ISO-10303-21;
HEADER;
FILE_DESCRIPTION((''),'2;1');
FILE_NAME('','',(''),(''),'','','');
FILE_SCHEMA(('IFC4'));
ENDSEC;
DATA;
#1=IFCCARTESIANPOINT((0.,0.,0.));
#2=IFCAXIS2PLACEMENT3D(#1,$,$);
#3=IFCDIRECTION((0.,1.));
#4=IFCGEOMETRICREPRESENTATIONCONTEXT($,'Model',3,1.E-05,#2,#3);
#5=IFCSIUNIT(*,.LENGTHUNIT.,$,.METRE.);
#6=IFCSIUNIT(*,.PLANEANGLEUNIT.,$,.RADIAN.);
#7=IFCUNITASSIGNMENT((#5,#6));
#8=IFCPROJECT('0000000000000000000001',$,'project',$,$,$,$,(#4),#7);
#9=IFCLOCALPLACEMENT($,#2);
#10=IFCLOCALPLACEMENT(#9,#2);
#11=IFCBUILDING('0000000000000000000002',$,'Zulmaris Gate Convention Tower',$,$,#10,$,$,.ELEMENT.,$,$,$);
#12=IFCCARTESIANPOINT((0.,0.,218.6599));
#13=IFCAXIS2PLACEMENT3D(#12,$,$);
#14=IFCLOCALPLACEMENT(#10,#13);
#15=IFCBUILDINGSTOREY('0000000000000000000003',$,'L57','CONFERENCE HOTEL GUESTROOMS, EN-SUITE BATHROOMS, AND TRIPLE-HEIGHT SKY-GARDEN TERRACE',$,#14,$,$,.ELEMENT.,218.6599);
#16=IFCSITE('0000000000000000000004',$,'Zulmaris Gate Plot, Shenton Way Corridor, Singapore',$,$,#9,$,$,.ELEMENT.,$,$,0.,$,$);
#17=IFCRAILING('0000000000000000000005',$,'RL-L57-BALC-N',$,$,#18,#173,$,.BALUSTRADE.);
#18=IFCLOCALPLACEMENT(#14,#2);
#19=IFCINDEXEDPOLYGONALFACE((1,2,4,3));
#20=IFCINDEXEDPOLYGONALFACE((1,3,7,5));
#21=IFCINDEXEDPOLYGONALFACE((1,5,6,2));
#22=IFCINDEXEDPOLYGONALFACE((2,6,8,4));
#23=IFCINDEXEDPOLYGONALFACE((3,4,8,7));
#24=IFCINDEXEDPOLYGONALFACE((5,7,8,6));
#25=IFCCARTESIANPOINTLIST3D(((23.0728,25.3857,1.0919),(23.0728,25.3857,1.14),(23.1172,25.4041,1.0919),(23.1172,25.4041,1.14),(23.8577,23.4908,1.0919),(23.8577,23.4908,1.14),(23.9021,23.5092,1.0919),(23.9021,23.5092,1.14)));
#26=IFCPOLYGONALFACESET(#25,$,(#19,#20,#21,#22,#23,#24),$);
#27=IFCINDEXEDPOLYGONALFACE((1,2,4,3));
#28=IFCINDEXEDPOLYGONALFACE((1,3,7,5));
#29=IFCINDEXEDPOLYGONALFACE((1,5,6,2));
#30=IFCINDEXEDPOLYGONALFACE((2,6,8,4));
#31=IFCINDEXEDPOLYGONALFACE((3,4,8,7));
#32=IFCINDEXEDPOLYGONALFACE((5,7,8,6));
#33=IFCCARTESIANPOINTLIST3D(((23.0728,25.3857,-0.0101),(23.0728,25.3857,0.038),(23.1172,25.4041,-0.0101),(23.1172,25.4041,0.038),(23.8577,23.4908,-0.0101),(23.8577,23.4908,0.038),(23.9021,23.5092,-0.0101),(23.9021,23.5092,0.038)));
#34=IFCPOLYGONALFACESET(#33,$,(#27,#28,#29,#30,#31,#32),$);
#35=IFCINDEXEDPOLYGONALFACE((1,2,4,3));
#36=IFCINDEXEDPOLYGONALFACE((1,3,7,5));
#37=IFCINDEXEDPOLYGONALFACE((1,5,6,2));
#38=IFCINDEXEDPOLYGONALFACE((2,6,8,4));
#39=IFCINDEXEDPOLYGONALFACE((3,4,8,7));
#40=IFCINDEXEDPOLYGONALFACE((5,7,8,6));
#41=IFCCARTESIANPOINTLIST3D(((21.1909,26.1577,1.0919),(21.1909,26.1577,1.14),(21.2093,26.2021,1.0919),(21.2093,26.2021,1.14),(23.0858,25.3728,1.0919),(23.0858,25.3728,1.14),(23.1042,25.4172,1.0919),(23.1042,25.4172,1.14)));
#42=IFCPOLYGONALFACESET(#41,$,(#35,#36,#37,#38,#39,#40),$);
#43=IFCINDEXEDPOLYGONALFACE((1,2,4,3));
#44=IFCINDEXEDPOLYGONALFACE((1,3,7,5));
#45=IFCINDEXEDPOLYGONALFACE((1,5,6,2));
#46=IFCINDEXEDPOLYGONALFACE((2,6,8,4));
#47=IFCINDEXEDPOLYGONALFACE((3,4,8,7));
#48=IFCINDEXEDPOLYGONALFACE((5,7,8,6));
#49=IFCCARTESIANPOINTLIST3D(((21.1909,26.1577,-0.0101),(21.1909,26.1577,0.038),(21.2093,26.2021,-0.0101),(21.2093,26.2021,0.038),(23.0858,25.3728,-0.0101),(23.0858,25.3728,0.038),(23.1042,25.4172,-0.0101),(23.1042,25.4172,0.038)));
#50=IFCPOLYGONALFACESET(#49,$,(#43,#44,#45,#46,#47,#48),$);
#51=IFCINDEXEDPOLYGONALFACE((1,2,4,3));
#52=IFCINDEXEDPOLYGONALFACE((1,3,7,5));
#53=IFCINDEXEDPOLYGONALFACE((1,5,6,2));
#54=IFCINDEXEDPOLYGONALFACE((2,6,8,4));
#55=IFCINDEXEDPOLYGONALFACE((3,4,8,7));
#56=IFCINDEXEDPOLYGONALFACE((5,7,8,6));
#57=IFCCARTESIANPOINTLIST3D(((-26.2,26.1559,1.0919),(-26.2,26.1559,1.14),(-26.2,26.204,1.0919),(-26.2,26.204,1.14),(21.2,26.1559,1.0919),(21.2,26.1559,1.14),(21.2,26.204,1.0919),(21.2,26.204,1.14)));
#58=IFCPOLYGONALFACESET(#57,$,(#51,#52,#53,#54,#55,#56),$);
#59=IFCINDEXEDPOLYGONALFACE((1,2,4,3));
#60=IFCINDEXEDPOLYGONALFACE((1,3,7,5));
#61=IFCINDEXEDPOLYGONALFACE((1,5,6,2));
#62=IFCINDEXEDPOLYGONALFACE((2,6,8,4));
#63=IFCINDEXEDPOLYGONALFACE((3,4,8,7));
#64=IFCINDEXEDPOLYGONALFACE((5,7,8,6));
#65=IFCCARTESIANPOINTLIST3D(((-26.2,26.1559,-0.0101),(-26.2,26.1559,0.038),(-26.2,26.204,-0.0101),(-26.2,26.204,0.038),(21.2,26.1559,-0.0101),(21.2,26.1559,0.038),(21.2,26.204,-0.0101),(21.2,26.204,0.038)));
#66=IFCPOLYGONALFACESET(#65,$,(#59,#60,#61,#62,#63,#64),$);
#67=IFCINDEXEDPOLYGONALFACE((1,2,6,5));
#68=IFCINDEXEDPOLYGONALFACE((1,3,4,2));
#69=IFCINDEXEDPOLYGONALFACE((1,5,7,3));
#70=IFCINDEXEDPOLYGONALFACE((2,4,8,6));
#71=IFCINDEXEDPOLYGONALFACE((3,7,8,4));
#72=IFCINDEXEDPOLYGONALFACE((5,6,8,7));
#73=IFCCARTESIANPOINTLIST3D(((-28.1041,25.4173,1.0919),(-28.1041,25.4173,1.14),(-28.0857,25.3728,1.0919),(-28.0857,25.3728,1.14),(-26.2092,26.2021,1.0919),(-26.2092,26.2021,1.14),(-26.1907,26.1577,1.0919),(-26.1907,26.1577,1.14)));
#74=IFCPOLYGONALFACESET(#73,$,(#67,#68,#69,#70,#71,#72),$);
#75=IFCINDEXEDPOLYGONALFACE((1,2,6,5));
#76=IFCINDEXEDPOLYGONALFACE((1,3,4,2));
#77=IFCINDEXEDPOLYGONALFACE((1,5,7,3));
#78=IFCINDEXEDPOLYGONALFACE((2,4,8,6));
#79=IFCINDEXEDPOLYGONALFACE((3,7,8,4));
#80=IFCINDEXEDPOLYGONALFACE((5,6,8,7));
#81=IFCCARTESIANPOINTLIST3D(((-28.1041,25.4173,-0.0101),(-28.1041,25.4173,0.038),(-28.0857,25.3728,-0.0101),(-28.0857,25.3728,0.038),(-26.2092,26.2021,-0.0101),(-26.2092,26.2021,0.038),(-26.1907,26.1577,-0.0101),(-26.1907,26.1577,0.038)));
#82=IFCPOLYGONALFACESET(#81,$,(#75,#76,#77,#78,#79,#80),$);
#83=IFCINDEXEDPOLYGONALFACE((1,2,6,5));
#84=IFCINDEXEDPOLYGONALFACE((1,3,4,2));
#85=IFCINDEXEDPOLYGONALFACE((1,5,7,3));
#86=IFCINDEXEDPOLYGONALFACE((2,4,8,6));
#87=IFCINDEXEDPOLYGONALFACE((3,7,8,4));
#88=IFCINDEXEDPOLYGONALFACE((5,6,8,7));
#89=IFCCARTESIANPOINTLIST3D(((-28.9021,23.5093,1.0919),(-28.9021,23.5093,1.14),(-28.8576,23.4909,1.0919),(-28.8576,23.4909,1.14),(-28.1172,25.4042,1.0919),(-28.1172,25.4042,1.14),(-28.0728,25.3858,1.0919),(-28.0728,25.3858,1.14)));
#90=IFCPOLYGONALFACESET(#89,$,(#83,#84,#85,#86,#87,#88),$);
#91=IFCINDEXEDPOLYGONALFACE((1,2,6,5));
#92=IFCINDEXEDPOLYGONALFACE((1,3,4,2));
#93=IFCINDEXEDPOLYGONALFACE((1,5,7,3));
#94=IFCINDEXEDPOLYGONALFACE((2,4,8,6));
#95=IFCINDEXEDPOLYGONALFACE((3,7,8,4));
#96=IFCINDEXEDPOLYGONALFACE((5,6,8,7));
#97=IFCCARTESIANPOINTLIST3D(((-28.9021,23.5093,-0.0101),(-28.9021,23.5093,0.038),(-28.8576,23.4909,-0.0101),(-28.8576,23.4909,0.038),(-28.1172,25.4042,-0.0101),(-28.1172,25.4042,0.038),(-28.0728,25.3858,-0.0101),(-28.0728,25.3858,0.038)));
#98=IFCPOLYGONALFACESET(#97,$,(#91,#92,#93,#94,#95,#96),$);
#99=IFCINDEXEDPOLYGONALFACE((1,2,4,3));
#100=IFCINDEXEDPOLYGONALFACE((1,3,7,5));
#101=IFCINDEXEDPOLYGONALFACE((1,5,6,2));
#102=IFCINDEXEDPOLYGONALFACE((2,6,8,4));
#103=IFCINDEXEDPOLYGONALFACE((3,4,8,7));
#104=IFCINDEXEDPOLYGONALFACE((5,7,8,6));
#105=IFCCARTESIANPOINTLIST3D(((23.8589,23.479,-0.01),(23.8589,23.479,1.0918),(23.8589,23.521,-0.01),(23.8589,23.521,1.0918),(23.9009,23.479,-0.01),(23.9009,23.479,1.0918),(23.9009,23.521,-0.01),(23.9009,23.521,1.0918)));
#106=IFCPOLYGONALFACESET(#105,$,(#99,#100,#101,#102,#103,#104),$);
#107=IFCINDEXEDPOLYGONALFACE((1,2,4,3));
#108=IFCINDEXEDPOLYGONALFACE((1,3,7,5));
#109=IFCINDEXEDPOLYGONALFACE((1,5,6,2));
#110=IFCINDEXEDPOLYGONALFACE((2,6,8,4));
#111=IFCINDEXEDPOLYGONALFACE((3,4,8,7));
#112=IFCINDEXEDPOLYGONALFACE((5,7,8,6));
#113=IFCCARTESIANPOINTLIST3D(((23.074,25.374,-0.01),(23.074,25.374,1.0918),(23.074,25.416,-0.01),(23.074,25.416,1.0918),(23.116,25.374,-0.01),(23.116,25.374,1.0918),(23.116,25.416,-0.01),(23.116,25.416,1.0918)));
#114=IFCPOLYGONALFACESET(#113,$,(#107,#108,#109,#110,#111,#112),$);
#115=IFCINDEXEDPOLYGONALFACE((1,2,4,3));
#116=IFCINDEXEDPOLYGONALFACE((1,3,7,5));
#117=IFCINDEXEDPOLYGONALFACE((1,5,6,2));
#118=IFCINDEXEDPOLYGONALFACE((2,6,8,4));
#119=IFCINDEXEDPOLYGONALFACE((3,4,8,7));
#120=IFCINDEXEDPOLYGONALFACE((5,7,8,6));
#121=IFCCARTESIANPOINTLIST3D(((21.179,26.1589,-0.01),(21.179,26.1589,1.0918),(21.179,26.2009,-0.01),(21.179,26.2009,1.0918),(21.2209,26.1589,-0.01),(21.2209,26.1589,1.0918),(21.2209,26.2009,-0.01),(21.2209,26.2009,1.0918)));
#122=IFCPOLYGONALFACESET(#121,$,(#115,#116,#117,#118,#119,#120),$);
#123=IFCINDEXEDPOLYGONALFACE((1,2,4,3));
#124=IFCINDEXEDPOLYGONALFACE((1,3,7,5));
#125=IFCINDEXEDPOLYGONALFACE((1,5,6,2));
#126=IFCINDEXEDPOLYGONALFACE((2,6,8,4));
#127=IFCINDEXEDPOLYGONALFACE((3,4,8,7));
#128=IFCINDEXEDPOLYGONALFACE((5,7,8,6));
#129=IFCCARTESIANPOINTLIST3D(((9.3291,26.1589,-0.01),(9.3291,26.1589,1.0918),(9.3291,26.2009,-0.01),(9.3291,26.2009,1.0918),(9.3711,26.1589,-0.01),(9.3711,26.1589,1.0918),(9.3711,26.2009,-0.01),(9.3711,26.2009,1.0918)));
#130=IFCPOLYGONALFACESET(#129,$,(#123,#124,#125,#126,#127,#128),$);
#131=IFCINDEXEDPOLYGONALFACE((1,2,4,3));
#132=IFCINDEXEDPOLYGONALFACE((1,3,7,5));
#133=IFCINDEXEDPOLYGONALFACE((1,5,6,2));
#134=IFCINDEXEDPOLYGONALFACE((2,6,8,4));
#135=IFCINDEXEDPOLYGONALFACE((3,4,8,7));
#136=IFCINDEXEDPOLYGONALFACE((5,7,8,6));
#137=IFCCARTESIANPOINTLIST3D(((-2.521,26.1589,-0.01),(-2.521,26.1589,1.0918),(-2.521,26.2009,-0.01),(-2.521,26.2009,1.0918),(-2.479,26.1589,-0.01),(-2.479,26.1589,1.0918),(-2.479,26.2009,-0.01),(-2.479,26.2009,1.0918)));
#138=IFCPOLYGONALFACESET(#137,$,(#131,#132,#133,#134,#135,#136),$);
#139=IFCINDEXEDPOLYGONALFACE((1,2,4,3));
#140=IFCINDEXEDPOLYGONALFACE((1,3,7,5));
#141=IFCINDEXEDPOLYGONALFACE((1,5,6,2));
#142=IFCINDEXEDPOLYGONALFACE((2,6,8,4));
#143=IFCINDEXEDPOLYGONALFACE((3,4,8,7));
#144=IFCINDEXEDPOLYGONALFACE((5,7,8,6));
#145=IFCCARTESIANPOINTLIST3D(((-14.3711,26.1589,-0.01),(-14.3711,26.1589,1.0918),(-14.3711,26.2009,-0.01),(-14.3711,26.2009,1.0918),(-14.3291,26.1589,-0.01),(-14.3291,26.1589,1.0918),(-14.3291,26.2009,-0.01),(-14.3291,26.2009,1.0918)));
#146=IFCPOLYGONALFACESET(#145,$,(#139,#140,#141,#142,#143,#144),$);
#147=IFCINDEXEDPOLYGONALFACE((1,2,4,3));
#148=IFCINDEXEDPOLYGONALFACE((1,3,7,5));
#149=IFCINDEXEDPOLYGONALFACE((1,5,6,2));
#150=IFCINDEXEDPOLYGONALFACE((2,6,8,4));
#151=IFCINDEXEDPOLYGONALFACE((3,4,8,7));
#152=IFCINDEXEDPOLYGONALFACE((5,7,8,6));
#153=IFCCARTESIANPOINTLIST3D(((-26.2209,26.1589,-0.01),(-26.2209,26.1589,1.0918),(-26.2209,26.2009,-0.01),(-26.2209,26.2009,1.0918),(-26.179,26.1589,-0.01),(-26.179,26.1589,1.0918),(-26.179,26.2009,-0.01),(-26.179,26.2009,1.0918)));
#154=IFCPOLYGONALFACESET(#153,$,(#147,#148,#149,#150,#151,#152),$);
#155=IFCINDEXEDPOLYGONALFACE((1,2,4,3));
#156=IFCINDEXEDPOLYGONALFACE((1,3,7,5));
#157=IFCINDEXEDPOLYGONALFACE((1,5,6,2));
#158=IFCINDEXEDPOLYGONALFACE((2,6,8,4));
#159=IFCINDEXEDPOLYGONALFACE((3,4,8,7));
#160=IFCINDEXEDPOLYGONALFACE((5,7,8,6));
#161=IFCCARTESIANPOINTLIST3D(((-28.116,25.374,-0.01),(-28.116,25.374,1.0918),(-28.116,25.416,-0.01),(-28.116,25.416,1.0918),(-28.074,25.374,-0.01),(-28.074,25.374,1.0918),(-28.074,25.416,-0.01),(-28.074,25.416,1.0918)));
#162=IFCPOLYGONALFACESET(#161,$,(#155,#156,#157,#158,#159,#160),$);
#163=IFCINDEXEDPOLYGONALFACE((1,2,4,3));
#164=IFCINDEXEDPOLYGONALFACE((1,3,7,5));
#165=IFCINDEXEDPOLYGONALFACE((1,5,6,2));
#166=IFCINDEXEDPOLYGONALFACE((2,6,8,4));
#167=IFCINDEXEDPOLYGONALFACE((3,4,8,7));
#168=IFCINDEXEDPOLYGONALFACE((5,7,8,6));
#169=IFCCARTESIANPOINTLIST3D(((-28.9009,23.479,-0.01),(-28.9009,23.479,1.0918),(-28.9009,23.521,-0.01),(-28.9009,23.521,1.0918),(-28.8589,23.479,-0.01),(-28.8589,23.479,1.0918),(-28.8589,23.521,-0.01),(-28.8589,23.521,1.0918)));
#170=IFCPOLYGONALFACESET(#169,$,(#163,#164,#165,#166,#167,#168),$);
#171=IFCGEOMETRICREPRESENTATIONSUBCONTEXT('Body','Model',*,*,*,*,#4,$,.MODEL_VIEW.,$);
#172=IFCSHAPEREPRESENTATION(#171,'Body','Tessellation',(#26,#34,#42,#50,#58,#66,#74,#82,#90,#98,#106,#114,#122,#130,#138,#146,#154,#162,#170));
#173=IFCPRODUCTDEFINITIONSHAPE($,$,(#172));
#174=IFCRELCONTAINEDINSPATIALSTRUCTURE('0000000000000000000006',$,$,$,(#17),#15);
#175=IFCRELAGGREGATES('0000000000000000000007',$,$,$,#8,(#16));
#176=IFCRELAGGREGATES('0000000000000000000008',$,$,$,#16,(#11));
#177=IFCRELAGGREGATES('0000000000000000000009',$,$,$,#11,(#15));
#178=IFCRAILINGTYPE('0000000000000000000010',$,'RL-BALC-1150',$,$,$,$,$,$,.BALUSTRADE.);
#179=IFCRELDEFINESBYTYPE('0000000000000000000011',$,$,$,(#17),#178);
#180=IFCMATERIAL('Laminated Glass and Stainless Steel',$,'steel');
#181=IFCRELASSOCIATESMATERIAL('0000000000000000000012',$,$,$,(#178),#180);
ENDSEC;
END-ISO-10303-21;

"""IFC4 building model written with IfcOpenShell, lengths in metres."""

from ifc_helpers import new_model, si_unit, direction, frame, origin, origin_2d, place, context, subcontext, project, spatial, rectangle, extrude, material, type_object, element, save


model = new_model("IFC4")

# Units and contexts
model_context = context("Model", 3, precision=1e-05, world=origin(), true_north=direction((0.0, 1.0)))
body_context = subcontext(model_context, "Body", "Model", "MODEL_VIEW")
ifc_project = project(units=[si_unit("LENGTHUNIT", "METRE"), si_unit("PLANEANGLEUNIT", "RADIAN")], contexts=[model_context])

# Site, building, storey
site_placement = place(None, origin())
site = spatial("IfcSite", under=ifc_project, at=site_placement, Name="Zulmaris Gate Plot, Shenton Way Corridor, Singapore", CompositionType="ELEMENT", RefElevation=0.0)
building_placement = place(site_placement, origin())
building = spatial("IfcBuilding", under=site, at=building_placement, Name="Zulmaris Gate Convention Tower", CompositionType="ELEMENT")
storey_placement = place(building_placement, frame((0.0, 0.0, 218.6599)))
storey = spatial("IfcBuildingStorey", under=building, at=storey_placement, Name="L57", Description="CONFERENCE HOTEL GUESTROOMS, EN-SUITE BATHROOMS, AND TRIPLE-HEIGHT SKY-GARDEN TERRACE", CompositionType="ELEMENT", Elevation=218.6599)

# Railing
ifc_material_1 = material(Name="Laminated Glass and Stainless Steel", Category="steel")
railing_type = type_object("IfcRailingType", Name="RL-BALC-1150", PredefinedType="BALUSTRADE", material=ifc_material_1)
railing_placement = place(storey_placement, frame((23.8799, 23.5, -0.01)))
element("IfcRailing", 1, at=railing_placement, inside=storey, type_object=railing_type, Name="RL-L57-BALC-N", PredefinedType="BALUSTRADE", context=body_context, shape_type="SweptSolid", body=[
    extrude(rectangle(XDim=0.0481, YDim=0.0481, at=origin_2d()), frame((0.0, 0.0, 1.126), z_axis=(-0.382671, 0.923885, 0.0), x_axis=(-0.923885, -0.382671, 0.0)), (0.0, 0.0, 1.0), 2.051),
    extrude(rectangle(XDim=0.0481, YDim=0.0481, at=origin_2d()), frame((0.0, 0.0, 0.0239), z_axis=(-0.382671, 0.923885, 0.0), x_axis=(-0.923885, -0.382671, 0.0)), (0.0, 0.0, 1.0), 2.051),
    extrude(rectangle(XDim=0.0481, YDim=0.0481, at=origin_2d()), frame((-0.7849, 1.895, 1.126), z_axis=(-0.923885, 0.382671, 0.0), x_axis=(-0.382671, -0.923885, 0.0)), (0.0, 0.0, 1.0), 2.051),
    extrude(rectangle(XDim=0.0481, YDim=0.0481, at=origin_2d()), frame((-0.7849, 1.895, 0.0239), z_axis=(-0.923885, 0.382671, 0.0), x_axis=(-0.382671, -0.923885, 0.0)), (0.0, 0.0, 1.0), 2.051),
    extrude(rectangle(XDim=0.0481, YDim=0.0481, at=origin_2d()), frame((-2.6799, 2.6799, 1.126), z_axis=(-1.0, 0.0, 0.0), x_axis=(0.0, -1.0, 0.0)), (0.0, 0.0, 1.0), 47.3999),
    extrude(rectangle(XDim=0.0481, YDim=0.0481, at=origin_2d()), frame((-2.6799, 2.6799, 0.0239), z_axis=(-1.0, 0.0, 0.0), x_axis=(0.0, -1.0, 0.0)), (0.0, 0.0, 1.0), 47.3999),
    extrude(rectangle(XDim=0.0481, YDim=0.0481, at=origin_2d()), frame((-50.0798, 2.6799, 1.126), z_axis=(-0.923885, -0.382671, 0.0), x_axis=(0.382671, -0.923885, 0.0)), (0.0, 0.0, 1.0), 2.051),
    extrude(rectangle(XDim=0.0481, YDim=0.0481, at=origin_2d()), frame((-50.0798, 2.6799, 0.0239), z_axis=(-0.923885, -0.382671, 0.0), x_axis=(0.382671, -0.923885, 0.0)), (0.0, 0.0, 1.0), 2.051),
    extrude(rectangle(XDim=0.0481, YDim=0.0481, at=origin_2d()), frame((-51.9749, 1.895, 1.126), z_axis=(-0.382671, -0.923885, 0.0), x_axis=(0.923885, -0.382671, 0.0)), (0.0, 0.0, 1.0), 2.051),
    extrude(rectangle(XDim=0.0481, YDim=0.0481, at=origin_2d()), frame((-51.9749, 1.895, 0.0239), z_axis=(-0.382671, -0.923885, 0.0), x_axis=(0.923885, -0.382671, 0.0)), (0.0, 0.0, 1.0), 2.051),
    extrude(rectangle(XDim=0.042, YDim=0.042, at=origin_2d()), origin(), (0.0, 0.0, 1.0), 1.1018),
    extrude(rectangle(XDim=0.042, YDim=0.042, at=origin_2d()), frame((-0.7849, 1.895, 0.0)), (0.0, 0.0, 1.0), 1.1018),
    extrude(rectangle(XDim=0.042, YDim=0.042, at=origin_2d()), frame((-2.6799, 2.6799, 0.0)), (0.0, 0.0, 1.0), 1.1018),
    extrude(rectangle(XDim=0.042, YDim=0.042, at=origin_2d()), frame((-14.5298, 2.6799, 0.0)), (0.0, 0.0, 1.0), 1.1018),
    extrude(rectangle(XDim=0.042, YDim=0.042, at=origin_2d()), frame((-26.3799, 2.6799, 0.0)), (0.0, 0.0, 1.0), 1.1018),
    extrude(rectangle(XDim=0.042, YDim=0.042, at=origin_2d()), frame((-38.23, 2.6799, 0.0)), (0.0, 0.0, 1.0), 1.1018),
    extrude(rectangle(XDim=0.042, YDim=0.042, at=origin_2d()), frame((-50.0798, 2.6799, 0.0)), (0.0, 0.0, 1.0), 1.1018),
    extrude(rectangle(XDim=0.042, YDim=0.042, at=origin_2d()), frame((-51.9749, 1.895, 0.0)), (0.0, 0.0, 1.0), 1.1018),
    extrude(rectangle(XDim=0.042, YDim=0.042, at=origin_2d()), frame((-52.7598, 0.0, 0.0)), (0.0, 0.0, 1.0), 1.1018),
])

save(model, "model.ifc")
